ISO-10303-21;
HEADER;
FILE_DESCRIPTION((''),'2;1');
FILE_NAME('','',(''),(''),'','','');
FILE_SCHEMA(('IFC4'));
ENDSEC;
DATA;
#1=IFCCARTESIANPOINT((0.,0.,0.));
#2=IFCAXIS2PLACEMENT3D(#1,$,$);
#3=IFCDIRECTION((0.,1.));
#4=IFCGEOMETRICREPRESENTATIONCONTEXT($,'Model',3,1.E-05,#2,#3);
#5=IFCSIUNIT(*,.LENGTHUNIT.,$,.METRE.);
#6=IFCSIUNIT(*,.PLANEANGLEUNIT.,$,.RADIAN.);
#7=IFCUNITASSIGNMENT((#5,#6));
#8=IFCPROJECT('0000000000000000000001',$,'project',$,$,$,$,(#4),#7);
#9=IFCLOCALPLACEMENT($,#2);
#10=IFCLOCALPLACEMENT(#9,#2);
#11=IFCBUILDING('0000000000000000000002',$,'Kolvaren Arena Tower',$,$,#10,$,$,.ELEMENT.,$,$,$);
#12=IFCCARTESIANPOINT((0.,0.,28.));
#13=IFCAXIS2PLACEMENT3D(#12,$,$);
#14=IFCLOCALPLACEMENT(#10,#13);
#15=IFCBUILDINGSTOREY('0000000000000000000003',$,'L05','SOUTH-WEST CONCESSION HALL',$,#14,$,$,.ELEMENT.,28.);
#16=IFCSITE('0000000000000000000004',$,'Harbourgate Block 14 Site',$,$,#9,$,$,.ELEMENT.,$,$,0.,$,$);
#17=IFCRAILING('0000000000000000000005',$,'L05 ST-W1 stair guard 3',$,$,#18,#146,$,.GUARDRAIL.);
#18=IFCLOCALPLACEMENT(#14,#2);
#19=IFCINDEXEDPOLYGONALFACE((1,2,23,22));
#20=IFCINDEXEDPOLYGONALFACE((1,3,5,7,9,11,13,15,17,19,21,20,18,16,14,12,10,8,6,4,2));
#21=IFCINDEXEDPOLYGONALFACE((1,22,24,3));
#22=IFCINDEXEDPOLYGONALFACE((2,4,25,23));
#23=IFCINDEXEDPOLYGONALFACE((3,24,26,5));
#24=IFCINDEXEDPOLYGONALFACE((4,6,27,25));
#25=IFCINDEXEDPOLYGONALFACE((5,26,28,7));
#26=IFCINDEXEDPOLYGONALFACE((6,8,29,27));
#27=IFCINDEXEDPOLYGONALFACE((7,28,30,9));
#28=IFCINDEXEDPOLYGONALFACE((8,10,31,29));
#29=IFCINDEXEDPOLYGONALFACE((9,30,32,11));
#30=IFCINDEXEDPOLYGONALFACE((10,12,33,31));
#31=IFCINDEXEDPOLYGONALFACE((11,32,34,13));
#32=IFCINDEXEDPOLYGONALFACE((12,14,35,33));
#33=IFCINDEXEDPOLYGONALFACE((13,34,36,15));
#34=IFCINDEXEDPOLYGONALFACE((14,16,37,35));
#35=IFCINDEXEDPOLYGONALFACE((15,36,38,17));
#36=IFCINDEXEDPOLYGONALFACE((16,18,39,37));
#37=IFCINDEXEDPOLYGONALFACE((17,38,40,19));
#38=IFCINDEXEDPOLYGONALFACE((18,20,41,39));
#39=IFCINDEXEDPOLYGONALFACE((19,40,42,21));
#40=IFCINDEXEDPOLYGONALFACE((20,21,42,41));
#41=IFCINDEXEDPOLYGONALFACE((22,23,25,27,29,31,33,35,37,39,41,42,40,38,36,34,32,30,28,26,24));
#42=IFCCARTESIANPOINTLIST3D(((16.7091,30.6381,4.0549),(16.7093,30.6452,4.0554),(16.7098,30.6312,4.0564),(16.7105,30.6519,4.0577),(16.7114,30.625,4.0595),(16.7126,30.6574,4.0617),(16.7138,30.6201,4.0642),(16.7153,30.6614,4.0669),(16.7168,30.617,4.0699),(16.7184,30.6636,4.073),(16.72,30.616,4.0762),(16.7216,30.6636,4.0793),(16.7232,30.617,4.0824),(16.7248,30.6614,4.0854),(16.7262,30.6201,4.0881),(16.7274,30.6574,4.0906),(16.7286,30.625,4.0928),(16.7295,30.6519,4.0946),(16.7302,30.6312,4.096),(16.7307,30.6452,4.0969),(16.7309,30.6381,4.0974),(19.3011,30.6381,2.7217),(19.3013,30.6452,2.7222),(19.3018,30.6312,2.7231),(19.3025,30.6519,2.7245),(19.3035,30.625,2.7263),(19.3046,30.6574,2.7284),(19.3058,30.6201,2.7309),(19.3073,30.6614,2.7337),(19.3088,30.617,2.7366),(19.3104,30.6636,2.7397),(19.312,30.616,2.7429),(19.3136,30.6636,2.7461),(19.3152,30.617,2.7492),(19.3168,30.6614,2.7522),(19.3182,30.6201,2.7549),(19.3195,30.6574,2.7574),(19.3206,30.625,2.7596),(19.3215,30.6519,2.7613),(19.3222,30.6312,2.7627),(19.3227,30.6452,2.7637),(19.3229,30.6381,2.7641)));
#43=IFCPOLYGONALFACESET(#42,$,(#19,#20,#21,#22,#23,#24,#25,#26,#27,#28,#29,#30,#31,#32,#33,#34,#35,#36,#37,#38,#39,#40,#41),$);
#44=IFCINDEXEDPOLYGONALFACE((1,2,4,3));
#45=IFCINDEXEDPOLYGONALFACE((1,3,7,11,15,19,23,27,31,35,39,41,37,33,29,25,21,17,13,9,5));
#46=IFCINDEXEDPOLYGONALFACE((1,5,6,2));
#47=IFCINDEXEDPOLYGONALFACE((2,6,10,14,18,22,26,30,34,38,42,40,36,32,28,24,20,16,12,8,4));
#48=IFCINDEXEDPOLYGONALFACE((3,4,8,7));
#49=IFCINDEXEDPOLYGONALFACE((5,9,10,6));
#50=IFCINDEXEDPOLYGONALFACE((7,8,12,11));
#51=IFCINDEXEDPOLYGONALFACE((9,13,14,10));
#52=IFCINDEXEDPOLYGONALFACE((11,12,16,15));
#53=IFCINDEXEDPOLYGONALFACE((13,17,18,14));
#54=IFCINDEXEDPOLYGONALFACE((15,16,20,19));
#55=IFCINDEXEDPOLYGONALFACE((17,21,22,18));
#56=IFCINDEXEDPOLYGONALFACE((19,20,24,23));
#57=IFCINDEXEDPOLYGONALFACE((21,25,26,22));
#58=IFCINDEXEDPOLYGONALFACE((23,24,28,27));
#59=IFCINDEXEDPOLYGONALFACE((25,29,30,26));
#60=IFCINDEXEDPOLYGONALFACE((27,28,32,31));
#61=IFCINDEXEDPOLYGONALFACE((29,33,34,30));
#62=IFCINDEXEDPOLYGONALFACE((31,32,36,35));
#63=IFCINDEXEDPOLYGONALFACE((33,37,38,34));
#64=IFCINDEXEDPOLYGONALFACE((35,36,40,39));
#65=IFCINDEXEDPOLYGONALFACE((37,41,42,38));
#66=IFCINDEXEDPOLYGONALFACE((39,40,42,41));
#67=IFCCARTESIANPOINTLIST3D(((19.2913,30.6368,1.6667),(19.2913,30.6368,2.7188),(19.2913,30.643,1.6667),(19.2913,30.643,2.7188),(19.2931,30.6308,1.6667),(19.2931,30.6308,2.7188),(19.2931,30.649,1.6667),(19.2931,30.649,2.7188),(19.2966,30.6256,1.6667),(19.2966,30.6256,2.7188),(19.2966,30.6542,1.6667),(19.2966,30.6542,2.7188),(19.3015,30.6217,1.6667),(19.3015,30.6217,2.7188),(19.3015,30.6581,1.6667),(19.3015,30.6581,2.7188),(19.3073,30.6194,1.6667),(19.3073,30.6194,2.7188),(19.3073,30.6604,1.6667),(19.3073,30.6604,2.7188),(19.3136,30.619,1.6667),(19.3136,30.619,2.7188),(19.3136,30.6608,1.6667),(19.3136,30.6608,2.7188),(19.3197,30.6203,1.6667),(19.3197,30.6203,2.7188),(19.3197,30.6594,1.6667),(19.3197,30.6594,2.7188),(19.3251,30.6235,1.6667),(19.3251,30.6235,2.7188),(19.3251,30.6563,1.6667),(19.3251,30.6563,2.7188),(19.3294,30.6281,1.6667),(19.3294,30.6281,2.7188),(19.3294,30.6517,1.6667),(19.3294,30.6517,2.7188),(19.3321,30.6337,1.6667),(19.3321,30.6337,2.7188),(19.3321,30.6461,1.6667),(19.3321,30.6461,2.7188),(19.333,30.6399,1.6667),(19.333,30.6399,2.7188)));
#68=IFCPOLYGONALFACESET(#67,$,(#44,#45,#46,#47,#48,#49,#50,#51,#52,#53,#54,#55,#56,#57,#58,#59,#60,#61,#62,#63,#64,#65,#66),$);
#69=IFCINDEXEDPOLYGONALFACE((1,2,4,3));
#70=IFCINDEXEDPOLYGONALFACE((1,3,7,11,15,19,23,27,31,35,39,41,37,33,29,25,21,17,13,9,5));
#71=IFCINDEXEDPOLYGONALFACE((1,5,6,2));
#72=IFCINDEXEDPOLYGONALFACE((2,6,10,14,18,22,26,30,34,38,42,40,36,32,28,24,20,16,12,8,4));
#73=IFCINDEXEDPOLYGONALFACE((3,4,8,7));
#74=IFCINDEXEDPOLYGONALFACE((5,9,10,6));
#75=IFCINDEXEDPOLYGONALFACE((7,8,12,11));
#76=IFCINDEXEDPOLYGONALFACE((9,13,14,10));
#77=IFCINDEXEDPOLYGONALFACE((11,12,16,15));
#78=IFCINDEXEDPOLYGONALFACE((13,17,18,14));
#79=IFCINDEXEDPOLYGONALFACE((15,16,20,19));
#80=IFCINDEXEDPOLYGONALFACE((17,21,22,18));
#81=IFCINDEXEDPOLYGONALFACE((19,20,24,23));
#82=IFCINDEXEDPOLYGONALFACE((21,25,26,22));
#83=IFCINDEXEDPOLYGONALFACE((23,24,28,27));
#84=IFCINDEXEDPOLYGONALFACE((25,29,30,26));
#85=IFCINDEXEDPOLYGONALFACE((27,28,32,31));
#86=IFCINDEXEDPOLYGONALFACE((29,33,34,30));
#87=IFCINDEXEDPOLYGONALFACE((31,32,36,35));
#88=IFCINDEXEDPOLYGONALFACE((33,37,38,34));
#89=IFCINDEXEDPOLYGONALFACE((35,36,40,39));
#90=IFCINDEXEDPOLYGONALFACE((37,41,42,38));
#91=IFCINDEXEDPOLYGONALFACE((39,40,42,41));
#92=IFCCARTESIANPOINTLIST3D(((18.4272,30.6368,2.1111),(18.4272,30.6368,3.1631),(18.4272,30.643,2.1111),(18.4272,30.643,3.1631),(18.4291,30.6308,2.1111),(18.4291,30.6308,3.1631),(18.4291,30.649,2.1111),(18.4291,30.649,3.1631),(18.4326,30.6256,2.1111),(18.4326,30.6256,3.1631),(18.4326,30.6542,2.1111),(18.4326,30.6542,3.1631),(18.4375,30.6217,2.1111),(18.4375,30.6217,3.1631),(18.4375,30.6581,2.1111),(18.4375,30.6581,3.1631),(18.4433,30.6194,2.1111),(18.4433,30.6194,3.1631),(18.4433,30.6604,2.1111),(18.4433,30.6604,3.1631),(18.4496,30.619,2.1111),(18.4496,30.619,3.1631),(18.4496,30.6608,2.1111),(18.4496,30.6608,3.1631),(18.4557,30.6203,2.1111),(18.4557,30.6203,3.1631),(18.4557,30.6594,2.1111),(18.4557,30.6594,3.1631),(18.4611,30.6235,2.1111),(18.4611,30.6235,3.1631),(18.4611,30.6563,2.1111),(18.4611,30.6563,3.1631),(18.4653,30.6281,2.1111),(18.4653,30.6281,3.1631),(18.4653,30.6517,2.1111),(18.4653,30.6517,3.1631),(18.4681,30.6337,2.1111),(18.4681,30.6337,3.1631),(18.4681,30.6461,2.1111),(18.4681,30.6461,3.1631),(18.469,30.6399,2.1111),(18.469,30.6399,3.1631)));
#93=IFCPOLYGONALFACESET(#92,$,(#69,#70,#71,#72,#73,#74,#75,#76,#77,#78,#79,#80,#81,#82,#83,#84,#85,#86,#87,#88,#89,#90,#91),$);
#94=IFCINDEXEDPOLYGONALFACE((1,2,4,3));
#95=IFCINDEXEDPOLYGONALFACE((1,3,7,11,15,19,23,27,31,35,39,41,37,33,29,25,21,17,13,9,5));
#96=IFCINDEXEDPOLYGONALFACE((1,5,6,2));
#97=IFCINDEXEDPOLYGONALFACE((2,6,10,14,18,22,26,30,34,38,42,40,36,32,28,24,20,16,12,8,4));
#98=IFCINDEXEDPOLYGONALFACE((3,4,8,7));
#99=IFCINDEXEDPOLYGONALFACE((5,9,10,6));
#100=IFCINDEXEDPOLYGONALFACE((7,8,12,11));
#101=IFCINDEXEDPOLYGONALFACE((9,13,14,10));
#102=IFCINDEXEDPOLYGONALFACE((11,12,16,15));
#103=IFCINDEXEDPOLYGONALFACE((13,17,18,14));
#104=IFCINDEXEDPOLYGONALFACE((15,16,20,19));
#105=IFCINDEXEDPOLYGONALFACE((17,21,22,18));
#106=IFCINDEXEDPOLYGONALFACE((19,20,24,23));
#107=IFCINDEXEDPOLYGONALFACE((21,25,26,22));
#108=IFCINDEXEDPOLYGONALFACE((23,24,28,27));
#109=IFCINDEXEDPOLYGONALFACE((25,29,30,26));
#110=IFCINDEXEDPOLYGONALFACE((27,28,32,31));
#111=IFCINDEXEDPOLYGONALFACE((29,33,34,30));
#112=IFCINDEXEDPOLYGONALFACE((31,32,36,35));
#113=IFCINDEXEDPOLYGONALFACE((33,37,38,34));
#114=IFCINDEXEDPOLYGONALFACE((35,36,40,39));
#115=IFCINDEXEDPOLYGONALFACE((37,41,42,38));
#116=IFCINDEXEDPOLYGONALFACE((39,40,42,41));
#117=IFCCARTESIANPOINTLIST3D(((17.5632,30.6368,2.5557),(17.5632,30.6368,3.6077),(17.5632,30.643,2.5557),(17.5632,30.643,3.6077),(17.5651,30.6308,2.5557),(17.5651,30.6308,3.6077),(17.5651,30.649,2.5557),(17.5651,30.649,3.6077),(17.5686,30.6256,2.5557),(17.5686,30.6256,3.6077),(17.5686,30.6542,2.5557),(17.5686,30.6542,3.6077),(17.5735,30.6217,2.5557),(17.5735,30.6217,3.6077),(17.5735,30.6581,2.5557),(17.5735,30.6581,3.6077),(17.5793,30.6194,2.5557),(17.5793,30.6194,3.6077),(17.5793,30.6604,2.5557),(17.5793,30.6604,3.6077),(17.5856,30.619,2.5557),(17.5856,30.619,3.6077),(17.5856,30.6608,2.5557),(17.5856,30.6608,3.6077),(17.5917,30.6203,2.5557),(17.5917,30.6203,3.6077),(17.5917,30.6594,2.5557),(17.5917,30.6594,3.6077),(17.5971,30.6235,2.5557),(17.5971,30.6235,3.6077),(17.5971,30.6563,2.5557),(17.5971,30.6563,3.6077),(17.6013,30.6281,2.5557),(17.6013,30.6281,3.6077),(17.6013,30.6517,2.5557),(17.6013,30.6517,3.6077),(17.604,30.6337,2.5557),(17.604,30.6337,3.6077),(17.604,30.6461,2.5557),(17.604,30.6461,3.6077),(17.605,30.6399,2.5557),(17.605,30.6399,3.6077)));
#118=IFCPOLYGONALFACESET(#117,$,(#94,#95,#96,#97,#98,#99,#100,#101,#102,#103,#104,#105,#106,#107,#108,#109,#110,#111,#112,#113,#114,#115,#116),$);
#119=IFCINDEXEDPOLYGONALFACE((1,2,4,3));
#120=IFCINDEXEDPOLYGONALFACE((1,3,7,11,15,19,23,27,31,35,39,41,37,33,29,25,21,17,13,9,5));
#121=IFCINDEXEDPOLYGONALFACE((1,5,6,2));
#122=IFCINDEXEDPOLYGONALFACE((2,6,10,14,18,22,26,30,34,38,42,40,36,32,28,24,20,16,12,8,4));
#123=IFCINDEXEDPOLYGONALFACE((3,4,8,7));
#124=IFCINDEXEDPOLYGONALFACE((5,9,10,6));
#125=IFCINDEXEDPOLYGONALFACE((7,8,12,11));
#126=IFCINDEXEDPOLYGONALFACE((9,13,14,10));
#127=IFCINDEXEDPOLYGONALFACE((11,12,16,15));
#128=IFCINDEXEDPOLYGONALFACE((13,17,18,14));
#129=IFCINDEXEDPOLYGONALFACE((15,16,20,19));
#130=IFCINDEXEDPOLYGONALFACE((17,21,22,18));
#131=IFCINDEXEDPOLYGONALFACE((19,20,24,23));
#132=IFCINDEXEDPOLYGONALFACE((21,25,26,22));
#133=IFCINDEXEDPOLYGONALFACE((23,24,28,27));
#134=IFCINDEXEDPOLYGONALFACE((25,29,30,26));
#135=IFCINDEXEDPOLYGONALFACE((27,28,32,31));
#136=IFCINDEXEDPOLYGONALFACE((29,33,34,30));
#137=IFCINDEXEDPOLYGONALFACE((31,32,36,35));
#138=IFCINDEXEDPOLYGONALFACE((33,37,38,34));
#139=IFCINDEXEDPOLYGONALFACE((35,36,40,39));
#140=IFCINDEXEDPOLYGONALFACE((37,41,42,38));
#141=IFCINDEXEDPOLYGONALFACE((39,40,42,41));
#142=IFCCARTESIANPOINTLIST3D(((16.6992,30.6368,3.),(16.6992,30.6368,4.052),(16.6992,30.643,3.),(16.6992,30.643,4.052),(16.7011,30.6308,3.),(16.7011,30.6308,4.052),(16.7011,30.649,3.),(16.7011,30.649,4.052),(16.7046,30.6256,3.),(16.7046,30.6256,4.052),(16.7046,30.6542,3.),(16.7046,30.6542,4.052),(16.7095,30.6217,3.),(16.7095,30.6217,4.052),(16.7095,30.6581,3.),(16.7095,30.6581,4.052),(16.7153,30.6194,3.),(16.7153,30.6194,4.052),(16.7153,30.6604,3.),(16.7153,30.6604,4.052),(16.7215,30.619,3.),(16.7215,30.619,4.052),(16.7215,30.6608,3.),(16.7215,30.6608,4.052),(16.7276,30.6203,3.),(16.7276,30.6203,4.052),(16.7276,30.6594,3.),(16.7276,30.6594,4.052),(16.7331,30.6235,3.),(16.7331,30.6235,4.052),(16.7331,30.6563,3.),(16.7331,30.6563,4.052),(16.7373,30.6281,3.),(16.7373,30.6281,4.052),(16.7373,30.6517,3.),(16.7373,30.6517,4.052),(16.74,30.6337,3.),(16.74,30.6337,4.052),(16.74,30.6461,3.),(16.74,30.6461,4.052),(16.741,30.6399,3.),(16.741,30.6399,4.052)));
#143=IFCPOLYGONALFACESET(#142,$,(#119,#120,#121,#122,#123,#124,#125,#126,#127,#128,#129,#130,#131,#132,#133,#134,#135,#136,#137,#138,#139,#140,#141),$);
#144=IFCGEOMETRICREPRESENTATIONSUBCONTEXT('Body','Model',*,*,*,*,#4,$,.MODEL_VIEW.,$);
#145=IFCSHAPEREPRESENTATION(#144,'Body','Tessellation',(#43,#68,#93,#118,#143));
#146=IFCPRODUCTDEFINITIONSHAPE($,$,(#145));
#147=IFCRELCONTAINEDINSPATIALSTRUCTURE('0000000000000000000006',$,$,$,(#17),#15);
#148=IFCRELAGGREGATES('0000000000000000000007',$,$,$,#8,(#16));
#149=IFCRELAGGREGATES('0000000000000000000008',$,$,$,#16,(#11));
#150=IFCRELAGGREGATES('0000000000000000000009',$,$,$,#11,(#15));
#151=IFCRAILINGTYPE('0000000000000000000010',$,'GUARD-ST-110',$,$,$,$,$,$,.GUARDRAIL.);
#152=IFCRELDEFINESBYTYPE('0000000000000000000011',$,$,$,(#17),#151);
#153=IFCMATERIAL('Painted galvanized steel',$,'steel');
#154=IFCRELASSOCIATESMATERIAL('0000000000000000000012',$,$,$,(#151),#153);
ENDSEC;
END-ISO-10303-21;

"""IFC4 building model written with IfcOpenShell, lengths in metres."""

from ifc_helpers import new_model, si_unit, direction, frame, origin, origin_2d, place, context, subcontext, project, spatial, circle, extrude, material, type_object, element, save


model = new_model("IFC4")

# Units and contexts
model_context = context("Model", 3, precision=1e-05, world=origin(), true_north=direction((0.0, 1.0)))
body_context = subcontext(model_context, "Body", "Model", "MODEL_VIEW")
ifc_project = project(units=[si_unit("LENGTHUNIT", "METRE"), si_unit("PLANEANGLEUNIT", "RADIAN")], contexts=[model_context])

# Site, building, storey
site_placement = place(None, origin())
site = spatial("IfcSite", under=ifc_project, at=site_placement, Name="Harbourgate Block 14 Site", CompositionType="ELEMENT", RefElevation=0.0)
building_placement = place(site_placement, origin())
building = spatial("IfcBuilding", under=site, at=building_placement, Name="Kolvaren Arena Tower", CompositionType="ELEMENT")
storey_placement = place(building_placement, frame((0.0, 0.0, 28.0)))
storey = spatial("IfcBuildingStorey", under=building, at=storey_placement, Name="L05", Description="SOUTH-WEST CONCESSION HALL", CompositionType="ELEMENT", Elevation=28.0)

# Railing
ifc_material_1 = material(Name="Painted galvanized steel", Category="steel")
railing_type_1 = type_object("IfcRailingType", Name="GUARD-ST-110", PredefinedType="GUARDRAIL", material=ifc_material_1)
railing_1_placement = place(storey_placement, frame((19.312, 30.6399, 1.6667)))
element("IfcRailing", 1, at=railing_1_placement, inside=storey, type_object=railing_type_1, Name="L05 ST-W1 stair guard 3", PredefinedType="GUARDRAIL", context=body_context, shape_type="SweptSolid", body=[
    extrude(circle(Radius=0.0239, at=origin_2d()), frame((0.0, 0.0, 1.0762), z_axis=(-0.88926, 0.0, 0.457403), x_axis=(0.0, -1.0, 0.0)), (0.0, 0.0, 1.0), 2.9148),
    extrude(circle(Radius=0.021, at=origin_2d()), origin(), (0.0, 0.0, 1.0), 1.052),
    extrude(circle(Radius=0.021, at=origin_2d()), frame((-0.864, 0.0, 0.4443)), (0.0, 0.0, 1.0), 1.052),
    extrude(circle(Radius=0.021, at=origin_2d()), frame((-1.728, 0.0, 0.8889)), (0.0, 0.0, 1.0), 1.052),
    extrude(circle(Radius=0.021, at=origin_2d()), frame((-2.592, 0.0, 1.3333)), (0.0, 0.0, 1.0), 1.052),
])

save(model, "model.ifc")
